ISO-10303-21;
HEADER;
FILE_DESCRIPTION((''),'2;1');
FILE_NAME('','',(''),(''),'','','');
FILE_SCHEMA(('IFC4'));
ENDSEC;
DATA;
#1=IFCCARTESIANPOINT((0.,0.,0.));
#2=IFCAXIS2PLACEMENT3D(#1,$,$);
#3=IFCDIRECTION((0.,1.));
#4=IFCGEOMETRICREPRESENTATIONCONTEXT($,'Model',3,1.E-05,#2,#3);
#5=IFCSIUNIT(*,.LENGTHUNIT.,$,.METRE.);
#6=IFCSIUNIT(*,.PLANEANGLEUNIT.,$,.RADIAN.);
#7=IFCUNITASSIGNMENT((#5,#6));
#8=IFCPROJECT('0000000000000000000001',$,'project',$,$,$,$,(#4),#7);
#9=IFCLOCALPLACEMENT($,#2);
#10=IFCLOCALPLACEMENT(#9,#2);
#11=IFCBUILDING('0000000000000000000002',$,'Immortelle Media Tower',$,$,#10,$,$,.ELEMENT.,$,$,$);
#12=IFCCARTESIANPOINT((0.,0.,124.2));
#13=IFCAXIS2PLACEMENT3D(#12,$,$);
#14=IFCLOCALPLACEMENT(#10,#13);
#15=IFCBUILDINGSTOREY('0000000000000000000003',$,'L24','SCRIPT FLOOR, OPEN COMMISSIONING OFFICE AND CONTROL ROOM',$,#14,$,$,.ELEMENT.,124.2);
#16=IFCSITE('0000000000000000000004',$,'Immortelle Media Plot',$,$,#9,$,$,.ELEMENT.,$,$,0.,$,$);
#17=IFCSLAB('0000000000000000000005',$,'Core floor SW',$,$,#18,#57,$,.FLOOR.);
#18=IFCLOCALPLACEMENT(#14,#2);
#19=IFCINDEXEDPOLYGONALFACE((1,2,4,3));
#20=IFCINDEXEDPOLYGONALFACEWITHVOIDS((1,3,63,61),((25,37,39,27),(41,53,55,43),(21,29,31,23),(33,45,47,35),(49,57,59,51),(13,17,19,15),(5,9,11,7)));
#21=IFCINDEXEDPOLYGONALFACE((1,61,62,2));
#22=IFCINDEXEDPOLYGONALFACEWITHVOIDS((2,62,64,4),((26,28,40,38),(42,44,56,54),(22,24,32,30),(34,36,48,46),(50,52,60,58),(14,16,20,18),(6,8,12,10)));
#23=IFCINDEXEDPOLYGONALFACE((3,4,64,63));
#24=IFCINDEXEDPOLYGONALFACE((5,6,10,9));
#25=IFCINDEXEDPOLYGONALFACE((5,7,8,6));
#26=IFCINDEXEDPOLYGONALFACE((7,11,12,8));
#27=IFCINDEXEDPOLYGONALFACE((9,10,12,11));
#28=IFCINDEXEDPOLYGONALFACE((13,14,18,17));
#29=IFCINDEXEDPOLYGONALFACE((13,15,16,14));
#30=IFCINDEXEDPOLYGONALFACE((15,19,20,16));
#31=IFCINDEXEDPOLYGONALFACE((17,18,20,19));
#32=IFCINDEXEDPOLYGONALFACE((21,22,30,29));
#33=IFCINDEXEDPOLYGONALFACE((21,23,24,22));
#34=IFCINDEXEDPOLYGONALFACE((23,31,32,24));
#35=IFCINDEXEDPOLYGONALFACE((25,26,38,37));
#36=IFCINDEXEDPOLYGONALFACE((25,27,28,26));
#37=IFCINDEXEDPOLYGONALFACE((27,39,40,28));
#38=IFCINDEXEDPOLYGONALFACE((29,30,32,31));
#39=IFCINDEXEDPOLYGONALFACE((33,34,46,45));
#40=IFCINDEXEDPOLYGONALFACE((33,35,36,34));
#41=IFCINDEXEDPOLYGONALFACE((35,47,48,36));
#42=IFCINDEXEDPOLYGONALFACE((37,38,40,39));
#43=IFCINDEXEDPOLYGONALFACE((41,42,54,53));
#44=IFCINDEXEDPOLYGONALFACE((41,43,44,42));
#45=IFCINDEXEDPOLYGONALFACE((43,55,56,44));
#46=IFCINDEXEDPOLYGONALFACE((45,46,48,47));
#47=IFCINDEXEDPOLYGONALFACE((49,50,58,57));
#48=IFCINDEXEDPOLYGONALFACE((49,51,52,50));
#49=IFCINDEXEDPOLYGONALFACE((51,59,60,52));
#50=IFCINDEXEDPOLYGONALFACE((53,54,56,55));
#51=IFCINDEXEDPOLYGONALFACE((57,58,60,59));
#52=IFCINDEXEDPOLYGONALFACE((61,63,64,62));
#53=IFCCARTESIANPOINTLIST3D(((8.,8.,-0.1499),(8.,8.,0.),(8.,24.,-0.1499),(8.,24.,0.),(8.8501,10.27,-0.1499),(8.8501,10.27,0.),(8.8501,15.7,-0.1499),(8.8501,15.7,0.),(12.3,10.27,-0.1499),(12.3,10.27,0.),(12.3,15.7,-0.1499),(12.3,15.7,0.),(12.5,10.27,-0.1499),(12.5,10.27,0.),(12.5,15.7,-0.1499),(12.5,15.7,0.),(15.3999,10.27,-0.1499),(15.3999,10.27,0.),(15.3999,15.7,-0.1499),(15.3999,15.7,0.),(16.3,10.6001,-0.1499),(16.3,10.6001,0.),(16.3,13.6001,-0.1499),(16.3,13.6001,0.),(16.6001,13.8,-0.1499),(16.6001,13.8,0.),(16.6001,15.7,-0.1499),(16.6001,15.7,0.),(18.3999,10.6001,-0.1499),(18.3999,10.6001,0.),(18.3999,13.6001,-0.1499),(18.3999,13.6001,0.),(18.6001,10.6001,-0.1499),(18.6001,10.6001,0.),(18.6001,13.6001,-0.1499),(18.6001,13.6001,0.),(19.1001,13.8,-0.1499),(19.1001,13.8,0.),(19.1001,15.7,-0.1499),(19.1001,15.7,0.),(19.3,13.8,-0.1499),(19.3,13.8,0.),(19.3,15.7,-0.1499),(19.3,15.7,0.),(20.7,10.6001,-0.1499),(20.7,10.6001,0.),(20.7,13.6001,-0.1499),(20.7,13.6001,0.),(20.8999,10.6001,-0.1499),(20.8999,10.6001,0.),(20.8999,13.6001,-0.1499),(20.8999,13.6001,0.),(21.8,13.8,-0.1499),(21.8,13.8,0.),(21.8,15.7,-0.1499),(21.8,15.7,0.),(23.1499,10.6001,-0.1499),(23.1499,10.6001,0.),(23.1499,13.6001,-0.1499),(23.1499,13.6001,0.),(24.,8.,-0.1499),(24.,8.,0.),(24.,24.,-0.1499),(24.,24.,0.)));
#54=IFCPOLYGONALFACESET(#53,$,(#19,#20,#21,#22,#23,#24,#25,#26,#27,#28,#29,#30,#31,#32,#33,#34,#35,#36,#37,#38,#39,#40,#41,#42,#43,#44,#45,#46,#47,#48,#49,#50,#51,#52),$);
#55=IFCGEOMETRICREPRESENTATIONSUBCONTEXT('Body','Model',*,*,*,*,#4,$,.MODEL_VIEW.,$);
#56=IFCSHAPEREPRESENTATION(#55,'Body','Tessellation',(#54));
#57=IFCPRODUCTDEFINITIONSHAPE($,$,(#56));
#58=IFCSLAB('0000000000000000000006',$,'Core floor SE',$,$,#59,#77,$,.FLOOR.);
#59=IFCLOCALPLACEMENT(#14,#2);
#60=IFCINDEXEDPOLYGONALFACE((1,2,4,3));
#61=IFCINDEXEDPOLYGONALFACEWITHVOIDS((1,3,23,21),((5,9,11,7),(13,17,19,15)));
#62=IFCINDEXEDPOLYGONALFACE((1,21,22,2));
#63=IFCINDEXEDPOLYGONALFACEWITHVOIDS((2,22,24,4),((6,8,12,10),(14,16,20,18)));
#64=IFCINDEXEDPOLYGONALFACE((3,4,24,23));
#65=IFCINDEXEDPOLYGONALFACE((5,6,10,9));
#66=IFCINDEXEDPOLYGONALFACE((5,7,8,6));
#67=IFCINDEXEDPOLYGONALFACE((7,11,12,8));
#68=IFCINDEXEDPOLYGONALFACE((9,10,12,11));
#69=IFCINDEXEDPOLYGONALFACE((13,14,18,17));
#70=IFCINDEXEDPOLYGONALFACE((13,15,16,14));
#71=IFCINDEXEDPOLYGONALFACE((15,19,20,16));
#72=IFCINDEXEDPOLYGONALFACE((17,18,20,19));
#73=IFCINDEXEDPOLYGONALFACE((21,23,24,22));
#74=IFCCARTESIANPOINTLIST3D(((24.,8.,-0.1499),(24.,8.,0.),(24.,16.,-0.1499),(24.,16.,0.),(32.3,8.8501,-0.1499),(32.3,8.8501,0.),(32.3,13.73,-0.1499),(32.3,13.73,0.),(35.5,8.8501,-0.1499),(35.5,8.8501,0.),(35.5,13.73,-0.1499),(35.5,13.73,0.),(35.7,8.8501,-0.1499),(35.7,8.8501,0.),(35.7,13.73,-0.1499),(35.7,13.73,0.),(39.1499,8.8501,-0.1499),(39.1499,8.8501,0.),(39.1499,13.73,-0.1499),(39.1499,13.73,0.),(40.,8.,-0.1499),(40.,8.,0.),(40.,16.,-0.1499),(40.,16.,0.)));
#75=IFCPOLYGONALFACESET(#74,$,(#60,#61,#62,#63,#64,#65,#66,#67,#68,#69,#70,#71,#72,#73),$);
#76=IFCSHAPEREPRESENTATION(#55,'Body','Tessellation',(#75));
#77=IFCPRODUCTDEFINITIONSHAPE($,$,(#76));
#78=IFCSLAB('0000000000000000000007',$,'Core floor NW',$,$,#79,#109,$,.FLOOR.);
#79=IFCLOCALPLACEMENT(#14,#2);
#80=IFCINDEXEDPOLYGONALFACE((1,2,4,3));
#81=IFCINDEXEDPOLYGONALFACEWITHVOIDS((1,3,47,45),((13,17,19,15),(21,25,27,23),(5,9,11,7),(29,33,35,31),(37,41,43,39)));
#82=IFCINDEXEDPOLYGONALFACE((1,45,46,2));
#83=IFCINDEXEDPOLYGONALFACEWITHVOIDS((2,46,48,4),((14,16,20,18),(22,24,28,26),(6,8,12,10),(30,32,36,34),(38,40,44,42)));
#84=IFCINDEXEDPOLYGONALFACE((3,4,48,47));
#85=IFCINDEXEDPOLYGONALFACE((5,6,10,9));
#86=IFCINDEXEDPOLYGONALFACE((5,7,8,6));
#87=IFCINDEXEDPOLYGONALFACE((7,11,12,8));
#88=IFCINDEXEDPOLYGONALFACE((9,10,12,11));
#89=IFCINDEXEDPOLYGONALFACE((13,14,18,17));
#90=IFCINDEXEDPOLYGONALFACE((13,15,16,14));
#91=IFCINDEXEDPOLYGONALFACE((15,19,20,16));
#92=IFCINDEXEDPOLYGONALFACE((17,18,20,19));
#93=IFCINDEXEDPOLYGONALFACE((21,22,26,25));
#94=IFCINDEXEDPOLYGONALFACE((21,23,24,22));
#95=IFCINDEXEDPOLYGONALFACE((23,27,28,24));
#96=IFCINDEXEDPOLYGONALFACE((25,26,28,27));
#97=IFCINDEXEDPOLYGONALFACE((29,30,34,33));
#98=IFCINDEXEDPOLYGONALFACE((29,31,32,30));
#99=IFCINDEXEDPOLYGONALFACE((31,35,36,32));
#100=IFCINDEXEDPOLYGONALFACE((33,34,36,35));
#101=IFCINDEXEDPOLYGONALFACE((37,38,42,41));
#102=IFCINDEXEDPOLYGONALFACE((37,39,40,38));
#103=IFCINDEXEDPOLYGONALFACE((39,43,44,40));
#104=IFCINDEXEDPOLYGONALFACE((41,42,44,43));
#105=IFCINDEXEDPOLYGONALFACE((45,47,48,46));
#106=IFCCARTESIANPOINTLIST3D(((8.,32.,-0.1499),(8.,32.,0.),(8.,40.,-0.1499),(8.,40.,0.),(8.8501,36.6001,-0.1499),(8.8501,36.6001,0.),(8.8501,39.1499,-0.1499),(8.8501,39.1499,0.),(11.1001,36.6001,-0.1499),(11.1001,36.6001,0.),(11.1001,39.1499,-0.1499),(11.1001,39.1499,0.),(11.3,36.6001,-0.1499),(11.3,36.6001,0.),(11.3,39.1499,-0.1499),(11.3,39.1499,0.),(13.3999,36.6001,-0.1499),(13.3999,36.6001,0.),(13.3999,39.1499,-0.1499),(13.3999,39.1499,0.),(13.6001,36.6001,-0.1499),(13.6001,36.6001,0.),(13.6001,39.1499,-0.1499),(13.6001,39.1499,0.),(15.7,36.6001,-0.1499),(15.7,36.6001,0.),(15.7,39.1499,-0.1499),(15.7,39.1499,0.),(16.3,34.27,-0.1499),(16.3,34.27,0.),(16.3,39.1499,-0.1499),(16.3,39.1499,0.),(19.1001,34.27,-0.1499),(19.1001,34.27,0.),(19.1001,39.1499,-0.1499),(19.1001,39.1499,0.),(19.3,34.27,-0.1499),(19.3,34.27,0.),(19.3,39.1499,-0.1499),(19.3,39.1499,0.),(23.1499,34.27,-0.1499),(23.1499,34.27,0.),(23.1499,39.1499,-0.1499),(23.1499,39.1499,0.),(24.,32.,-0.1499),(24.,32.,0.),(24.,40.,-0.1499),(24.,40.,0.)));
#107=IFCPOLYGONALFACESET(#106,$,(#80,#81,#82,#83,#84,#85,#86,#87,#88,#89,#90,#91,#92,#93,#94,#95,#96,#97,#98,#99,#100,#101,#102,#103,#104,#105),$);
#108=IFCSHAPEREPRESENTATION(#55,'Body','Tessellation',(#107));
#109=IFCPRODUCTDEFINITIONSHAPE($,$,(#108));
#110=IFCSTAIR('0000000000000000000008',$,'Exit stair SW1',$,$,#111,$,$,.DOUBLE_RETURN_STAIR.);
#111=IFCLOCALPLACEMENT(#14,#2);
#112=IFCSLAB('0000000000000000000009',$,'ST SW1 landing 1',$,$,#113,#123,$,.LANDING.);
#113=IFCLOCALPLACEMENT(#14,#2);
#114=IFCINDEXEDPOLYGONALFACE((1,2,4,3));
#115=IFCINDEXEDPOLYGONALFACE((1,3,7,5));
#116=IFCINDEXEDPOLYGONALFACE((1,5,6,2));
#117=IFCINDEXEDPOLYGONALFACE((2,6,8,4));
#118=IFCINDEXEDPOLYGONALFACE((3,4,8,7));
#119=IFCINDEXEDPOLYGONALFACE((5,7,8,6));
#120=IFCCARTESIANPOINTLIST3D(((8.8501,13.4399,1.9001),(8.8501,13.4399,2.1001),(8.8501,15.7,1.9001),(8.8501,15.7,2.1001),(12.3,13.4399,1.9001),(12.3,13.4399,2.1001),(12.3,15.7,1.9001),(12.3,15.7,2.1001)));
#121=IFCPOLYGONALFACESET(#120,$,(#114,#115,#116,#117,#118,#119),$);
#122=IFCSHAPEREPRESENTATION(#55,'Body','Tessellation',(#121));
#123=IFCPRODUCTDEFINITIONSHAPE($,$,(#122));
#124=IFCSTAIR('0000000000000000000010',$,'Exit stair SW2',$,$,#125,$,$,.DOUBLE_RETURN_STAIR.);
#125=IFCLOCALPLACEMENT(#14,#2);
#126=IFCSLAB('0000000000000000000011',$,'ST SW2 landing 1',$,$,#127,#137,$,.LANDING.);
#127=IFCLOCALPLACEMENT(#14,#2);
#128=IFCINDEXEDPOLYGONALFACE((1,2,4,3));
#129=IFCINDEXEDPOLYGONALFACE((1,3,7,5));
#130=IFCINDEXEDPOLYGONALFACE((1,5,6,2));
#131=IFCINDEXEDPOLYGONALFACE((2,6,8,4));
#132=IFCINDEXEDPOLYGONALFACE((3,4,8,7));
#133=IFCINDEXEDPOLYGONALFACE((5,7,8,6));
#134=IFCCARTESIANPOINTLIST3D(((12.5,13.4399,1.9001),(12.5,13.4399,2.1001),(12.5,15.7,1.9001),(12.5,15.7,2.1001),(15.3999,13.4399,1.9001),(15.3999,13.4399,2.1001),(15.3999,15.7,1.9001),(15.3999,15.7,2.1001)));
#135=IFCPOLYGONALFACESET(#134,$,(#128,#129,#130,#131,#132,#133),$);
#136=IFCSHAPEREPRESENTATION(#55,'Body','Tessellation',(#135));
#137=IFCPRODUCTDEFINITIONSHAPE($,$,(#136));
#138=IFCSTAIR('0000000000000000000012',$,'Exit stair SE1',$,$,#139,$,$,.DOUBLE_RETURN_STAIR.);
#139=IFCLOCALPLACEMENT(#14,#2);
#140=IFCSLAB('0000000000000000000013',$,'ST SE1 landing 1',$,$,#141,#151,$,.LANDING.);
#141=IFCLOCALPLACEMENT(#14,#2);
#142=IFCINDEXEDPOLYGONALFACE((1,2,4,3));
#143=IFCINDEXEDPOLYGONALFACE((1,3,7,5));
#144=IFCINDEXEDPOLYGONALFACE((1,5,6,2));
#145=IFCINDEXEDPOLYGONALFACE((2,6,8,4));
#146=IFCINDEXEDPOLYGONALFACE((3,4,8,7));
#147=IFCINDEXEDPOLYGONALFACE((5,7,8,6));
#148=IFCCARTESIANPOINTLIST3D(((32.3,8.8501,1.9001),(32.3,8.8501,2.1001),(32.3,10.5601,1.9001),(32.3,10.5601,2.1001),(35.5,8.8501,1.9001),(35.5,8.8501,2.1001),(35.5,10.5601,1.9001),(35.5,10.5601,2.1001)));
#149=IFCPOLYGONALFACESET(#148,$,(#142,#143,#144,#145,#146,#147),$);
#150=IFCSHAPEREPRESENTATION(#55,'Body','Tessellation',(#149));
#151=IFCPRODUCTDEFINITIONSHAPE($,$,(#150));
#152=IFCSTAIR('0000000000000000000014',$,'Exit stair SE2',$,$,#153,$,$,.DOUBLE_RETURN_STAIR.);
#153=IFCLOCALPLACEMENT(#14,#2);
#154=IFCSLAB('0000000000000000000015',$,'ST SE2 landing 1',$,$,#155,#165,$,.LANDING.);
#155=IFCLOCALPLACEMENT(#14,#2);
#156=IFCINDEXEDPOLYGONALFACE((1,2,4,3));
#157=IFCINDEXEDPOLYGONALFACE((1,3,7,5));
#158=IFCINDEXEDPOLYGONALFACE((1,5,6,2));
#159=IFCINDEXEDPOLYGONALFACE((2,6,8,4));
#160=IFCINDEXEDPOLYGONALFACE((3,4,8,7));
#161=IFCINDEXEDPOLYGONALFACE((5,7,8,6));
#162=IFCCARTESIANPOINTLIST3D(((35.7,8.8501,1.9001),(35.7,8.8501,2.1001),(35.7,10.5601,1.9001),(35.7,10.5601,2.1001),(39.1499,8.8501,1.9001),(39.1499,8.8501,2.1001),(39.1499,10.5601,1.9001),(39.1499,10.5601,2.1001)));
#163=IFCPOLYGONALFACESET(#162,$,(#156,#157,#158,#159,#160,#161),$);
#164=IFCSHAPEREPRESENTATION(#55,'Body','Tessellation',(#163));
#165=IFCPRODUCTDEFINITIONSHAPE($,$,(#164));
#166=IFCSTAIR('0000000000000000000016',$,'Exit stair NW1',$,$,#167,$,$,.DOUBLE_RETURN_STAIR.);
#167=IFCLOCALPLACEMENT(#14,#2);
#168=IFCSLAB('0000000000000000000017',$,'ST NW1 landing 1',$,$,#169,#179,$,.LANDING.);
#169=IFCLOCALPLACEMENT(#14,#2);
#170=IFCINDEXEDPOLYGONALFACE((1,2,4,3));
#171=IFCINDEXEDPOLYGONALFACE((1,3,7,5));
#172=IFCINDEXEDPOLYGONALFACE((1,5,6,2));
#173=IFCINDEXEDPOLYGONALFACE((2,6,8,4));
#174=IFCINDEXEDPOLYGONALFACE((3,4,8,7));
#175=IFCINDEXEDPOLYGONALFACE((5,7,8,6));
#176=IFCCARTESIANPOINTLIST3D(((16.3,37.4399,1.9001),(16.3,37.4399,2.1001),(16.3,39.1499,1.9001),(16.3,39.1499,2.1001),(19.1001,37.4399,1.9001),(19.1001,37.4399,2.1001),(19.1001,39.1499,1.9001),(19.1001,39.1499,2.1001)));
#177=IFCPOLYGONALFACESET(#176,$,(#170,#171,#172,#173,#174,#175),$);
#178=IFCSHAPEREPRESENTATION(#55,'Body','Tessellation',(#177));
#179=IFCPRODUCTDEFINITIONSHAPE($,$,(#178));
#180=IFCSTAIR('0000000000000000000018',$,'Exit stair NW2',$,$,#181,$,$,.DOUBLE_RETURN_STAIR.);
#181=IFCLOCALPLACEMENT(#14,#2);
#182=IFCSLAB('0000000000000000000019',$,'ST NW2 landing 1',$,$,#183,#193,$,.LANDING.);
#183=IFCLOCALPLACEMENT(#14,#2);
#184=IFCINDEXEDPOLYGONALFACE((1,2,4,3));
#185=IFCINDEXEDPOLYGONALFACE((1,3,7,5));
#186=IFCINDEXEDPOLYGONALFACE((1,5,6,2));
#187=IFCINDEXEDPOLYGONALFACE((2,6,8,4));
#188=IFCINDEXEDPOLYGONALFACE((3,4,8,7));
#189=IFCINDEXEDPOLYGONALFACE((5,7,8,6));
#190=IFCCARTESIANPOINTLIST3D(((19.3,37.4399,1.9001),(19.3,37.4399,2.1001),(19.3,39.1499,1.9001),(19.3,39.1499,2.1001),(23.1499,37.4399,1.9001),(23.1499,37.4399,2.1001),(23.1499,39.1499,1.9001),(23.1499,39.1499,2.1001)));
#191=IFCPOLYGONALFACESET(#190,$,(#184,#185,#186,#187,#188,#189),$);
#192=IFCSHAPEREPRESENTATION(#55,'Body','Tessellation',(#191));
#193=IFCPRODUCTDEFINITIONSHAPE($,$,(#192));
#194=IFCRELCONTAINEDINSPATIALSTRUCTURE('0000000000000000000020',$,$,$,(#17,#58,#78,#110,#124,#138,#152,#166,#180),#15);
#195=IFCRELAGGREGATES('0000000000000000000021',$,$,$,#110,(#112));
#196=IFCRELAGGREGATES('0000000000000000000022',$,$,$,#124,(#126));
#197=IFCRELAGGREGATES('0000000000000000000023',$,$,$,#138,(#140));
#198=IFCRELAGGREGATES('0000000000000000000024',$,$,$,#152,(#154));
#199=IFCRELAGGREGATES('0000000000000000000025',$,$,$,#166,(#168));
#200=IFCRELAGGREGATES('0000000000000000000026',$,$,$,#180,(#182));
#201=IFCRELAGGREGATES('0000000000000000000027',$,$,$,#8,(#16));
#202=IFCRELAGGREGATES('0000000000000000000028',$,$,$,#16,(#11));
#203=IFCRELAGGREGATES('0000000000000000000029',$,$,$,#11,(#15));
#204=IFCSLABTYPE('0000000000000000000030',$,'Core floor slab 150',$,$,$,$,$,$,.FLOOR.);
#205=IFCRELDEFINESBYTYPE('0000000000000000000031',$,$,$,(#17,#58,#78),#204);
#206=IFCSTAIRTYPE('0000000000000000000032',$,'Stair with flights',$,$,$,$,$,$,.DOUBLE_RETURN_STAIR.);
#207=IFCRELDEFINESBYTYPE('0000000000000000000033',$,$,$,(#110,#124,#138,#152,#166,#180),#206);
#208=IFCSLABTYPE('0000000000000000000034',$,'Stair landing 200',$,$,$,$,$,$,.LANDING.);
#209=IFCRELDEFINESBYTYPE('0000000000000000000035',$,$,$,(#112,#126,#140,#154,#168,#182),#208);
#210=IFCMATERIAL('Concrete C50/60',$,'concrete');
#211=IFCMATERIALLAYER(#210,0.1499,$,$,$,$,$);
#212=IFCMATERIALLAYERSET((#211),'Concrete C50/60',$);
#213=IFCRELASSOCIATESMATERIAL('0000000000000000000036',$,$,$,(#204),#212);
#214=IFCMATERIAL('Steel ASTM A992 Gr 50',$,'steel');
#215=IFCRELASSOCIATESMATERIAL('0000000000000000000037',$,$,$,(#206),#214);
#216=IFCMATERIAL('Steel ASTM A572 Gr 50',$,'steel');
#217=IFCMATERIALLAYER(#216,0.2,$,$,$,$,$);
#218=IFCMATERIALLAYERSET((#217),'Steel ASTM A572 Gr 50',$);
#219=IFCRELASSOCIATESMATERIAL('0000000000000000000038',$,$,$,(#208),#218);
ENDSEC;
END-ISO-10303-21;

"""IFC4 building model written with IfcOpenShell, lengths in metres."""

from ifc_helpers import new_model, si_unit, direction, frame, origin, place, context, subcontext, project, spatial, polyline, outline, extrude, material, layer, layer_set, type_object, element, aggregate, save


model = new_model("IFC4")

# Units and contexts
model_context = context("Model", 3, precision=1e-05, world=origin(), true_north=direction((0.0, 1.0)))
body_context = subcontext(model_context, "Body", "Model", "MODEL_VIEW")
ifc_project = project(units=[si_unit("LENGTHUNIT", "METRE"), si_unit("PLANEANGLEUNIT", "RADIAN")], contexts=[model_context])

# Site, building, storey
site_placement = place(None, origin())
site = spatial("IfcSite", under=ifc_project, at=site_placement, Name="Immortelle Media Plot", CompositionType="ELEMENT", RefElevation=0.0)
building_placement = place(site_placement, origin())
building = spatial("IfcBuilding", under=site, at=building_placement, Name="Immortelle Media Tower", CompositionType="ELEMENT")
storey_placement = place(building_placement, frame((0.0, 0.0, 124.2)))
storey = spatial("IfcBuildingStorey", under=building, at=storey_placement, Name="L24", Description="SCRIPT FLOOR, OPEN COMMISSIONING OFFICE AND CONTROL ROOM", CompositionType="ELEMENT", Elevation=124.2)

# Slabs
ifc_material_1 = material(Name="Concrete C50/60", Category="concrete")
ifc_layer_1 = layer(ifc_material_1, 0.1499)
ifc_layer_set_1 = layer_set([ifc_layer_1], Name="Concrete C50/60")
slab_type_1 = type_object("IfcSlabType", Name="Core floor slab 150", PredefinedType="FLOOR", material=ifc_layer_set_1)
slab_1_placement = place(storey_placement, frame((0.0, 0.0, -0.1499)))
element("IfcSlab", 1, at=slab_1_placement, inside=storey, type_object=slab_type_1, Name="Core floor SW", PredefinedType="FLOOR", context=body_context, shape_type="SweptSolid", body=[
    extrude(outline(polyline([(8.0, 8.0), (24.0, 8.0), (24.0, 24.0), (8.0, 24.0), (8.0, 8.0)]), holes=[polyline([(16.6001, 13.8), (19.1001, 13.8), (19.1001, 15.7), (16.6001, 15.7), (16.6001, 13.8)]), polyline([(19.3, 13.8), (21.8, 13.8), (21.8, 15.7), (19.3, 15.7), (19.3, 13.8)]), polyline([(16.3, 10.6001), (18.3999, 10.6001), (18.3999, 13.6001), (16.3, 13.6001), (16.3, 10.6001)]), polyline([(18.6001, 10.6001), (20.7, 10.6001), (20.7, 13.6001), (18.6001, 13.6001), (18.6001, 10.6001)]), polyline([(20.8999, 10.6001), (23.1499, 10.6001), (23.1499, 13.6001), (20.8999, 13.6001), (20.8999, 10.6001)]), polyline([(8.8501, 10.27), (12.3, 10.27), (12.3, 15.7), (8.8501, 15.7), (8.8501, 10.27)]), polyline([(12.5, 10.27), (15.3999, 10.27), (15.3999, 15.7), (12.5, 15.7), (12.5, 10.27)])]), origin(), (0.0, 0.0, 1.0), 0.1499),
])
slab_2_placement = place(storey_placement, frame((0.0, 0.0, -0.1499)))
element("IfcSlab", 2, at=slab_2_placement, inside=storey, type_object=slab_type_1, Name="Core floor SE", PredefinedType="FLOOR", context=body_context, shape_type="SweptSolid", body=[
    extrude(outline(polyline([(24.0, 8.0), (40.0, 8.0), (40.0, 16.0), (24.0, 16.0), (24.0, 8.0)]), holes=[polyline([(32.3, 8.8501), (35.5, 8.8501), (35.5, 13.73), (32.3, 13.73), (32.3, 8.8501)]), polyline([(35.7, 8.8501), (39.1499, 8.8501), (39.1499, 13.73), (35.7, 13.73), (35.7, 8.8501)])]), origin(), (0.0, 0.0, 1.0), 0.1499),
])
slab_3_placement = place(storey_placement, frame((0.0, 0.0, -0.1499)))
element("IfcSlab", 3, at=slab_3_placement, inside=storey, type_object=slab_type_1, Name="Core floor NW", PredefinedType="FLOOR", context=body_context, shape_type="SweptSolid", body=[
    extrude(outline(polyline([(8.0, 32.0), (24.0, 32.0), (24.0, 40.0), (8.0, 40.0), (8.0, 32.0)]), holes=[polyline([(8.8501, 36.6001), (11.1001, 36.6001), (11.1001, 39.1499), (8.8501, 39.1499), (8.8501, 36.6001)]), polyline([(11.3, 36.6001), (13.3999, 36.6001), (13.3999, 39.1499), (11.3, 39.1499), (11.3, 36.6001)]), polyline([(13.6001, 36.6001), (15.7, 36.6001), (15.7, 39.1499), (13.6001, 39.1499), (13.6001, 36.6001)]), polyline([(16.3, 34.27), (19.1001, 34.27), (19.1001, 39.1499), (16.3, 39.1499), (16.3, 34.27)]), polyline([(19.3, 34.27), (23.1499, 34.27), (23.1499, 39.1499), (19.3, 39.1499), (19.3, 34.27)])]), origin(), (0.0, 0.0, 1.0), 0.1499),
])

# Stairs, slabs
ifc_material_2 = material(Name="Steel ASTM A992 Gr 50", Category="steel")
stair_type = type_object("IfcStairType", Name="Stair with flights", PredefinedType="DOUBLE_RETURN_STAIR", material=ifc_material_2)
stair_1_placement = place(storey_placement, origin())
stair_1 = element("IfcStair", 4, at=stair_1_placement, inside=storey, type_object=stair_type, Name="Exit stair SW1", PredefinedType="DOUBLE_RETURN_STAIR")
ifc_material_3 = material(Name="Steel ASTM A572 Gr 50", Category="steel")
ifc_layer_2 = layer(ifc_material_3, 0.2)
ifc_layer_set_2 = layer_set([ifc_layer_2], Name="Steel ASTM A572 Gr 50")
slab_type_2 = type_object("IfcSlabType", Name="Stair landing 200", PredefinedType="LANDING", material=ifc_layer_set_2)
slab_4_placement = place(storey_placement, frame((0.0, 0.0, 1.9001)))
slab_4 = element("IfcSlab", 5, at=slab_4_placement, type_object=slab_type_2, Name="ST SW1 landing 1", PredefinedType="LANDING", context=body_context, shape_type="SweptSolid", body=[
    extrude(outline(polyline([(8.8501, 13.4399), (12.3, 13.4399), (12.3, 15.7), (8.8501, 15.7), (8.8501, 13.4399)])), origin(), (0.0, 0.0, 1.0), 0.2),
])
aggregate(stair_1, [slab_4])
stair_2_placement = place(storey_placement, origin())
stair_2 = element("IfcStair", 6, at=stair_2_placement, inside=storey, type_object=stair_type, Name="Exit stair SW2", PredefinedType="DOUBLE_RETURN_STAIR")
slab_5_placement = place(storey_placement, frame((0.0, 0.0, 1.9001)))
slab_5 = element("IfcSlab", 7, at=slab_5_placement, type_object=slab_type_2, Name="ST SW2 landing 1", PredefinedType="LANDING", context=body_context, shape_type="SweptSolid", body=[
    extrude(outline(polyline([(12.5, 13.4399), (15.3999, 13.4399), (15.3999, 15.7), (12.5, 15.7), (12.5, 13.4399)])), origin(), (0.0, 0.0, 1.0), 0.2),
])
aggregate(stair_2, [slab_5])
stair_3_placement = place(storey_placement, origin())
stair_3 = element("IfcStair", 8, at=stair_3_placement, inside=storey, type_object=stair_type, Name="Exit stair SE1", PredefinedType="DOUBLE_RETURN_STAIR")
slab_6_placement = place(storey_placement, frame((0.0, 0.0, 1.9001)))
slab_6 = element("IfcSlab", 9, at=slab_6_placement, type_object=slab_type_2, Name="ST SE1 landing 1", PredefinedType="LANDING", context=body_context, shape_type="SweptSolid", body=[
    extrude(outline(polyline([(32.3, 8.8501), (35.5, 8.8501), (35.5, 10.5601), (32.3, 10.5601), (32.3, 8.8501)])), origin(), (0.0, 0.0, 1.0), 0.2),
])
aggregate(stair_3, [slab_6])
stair_4_placement = place(storey_placement, origin())
stair_4 = element("IfcStair", 10, at=stair_4_placement, inside=storey, type_object=stair_type, Name="Exit stair SE2", PredefinedType="DOUBLE_RETURN_STAIR")
slab_7_placement = place(storey_placement, frame((0.0, 0.0, 1.9001)))
slab_7 = element("IfcSlab", 11, at=slab_7_placement, type_object=slab_type_2, Name="ST SE2 landing 1", PredefinedType="LANDING", context=body_context, shape_type="SweptSolid", body=[
    extrude(outline(polyline([(35.7, 8.8501), (39.1499, 8.8501), (39.1499, 10.5601), (35.7, 10.5601), (35.7, 8.8501)])), origin(), (0.0, 0.0, 1.0), 0.2),
])
aggregate(stair_4, [slab_7])
stair_5_placement = place(storey_placement, origin())
stair_5 = element("IfcStair", 12, at=stair_5_placement, inside=storey, type_object=stair_type, Name="Exit stair NW1", PredefinedType="DOUBLE_RETURN_STAIR")
slab_8_placement = place(storey_placement, frame((0.0, 0.0, 1.9001)))
slab_8 = element("IfcSlab", 13, at=slab_8_placement, type_object=slab_type_2, Name="ST NW1 landing 1", PredefinedType="LANDING", context=body_context, shape_type="SweptSolid", body=[
    extrude(outline(polyline([(16.3, 37.4399), (19.1001, 37.4399), (19.1001, 39.1499), (16.3, 39.1499), (16.3, 37.4399)])), origin(), (0.0, 0.0, 1.0), 0.2),
])
aggregate(stair_5, [slab_8])
stair_6_placement = place(storey_placement, origin())
stair_6 = element("IfcStair", 14, at=stair_6_placement, inside=storey, type_object=stair_type, Name="Exit stair NW2", PredefinedType="DOUBLE_RETURN_STAIR")
slab_9_placement = place(storey_placement, frame((0.0, 0.0, 1.9001)))
slab_9 = element("IfcSlab", 15, at=slab_9_placement, type_object=slab_type_2, Name="ST NW2 landing 1", PredefinedType="LANDING", context=body_context, shape_type="SweptSolid", body=[
    extrude(outline(polyline([(19.3, 37.4399), (23.1499, 37.4399), (23.1499, 39.1499), (19.3, 39.1499), (19.3, 37.4399)])), origin(), (0.0, 0.0, 1.0), 0.2),
])
aggregate(stair_6, [slab_9])

save(model, "model.ifc")
